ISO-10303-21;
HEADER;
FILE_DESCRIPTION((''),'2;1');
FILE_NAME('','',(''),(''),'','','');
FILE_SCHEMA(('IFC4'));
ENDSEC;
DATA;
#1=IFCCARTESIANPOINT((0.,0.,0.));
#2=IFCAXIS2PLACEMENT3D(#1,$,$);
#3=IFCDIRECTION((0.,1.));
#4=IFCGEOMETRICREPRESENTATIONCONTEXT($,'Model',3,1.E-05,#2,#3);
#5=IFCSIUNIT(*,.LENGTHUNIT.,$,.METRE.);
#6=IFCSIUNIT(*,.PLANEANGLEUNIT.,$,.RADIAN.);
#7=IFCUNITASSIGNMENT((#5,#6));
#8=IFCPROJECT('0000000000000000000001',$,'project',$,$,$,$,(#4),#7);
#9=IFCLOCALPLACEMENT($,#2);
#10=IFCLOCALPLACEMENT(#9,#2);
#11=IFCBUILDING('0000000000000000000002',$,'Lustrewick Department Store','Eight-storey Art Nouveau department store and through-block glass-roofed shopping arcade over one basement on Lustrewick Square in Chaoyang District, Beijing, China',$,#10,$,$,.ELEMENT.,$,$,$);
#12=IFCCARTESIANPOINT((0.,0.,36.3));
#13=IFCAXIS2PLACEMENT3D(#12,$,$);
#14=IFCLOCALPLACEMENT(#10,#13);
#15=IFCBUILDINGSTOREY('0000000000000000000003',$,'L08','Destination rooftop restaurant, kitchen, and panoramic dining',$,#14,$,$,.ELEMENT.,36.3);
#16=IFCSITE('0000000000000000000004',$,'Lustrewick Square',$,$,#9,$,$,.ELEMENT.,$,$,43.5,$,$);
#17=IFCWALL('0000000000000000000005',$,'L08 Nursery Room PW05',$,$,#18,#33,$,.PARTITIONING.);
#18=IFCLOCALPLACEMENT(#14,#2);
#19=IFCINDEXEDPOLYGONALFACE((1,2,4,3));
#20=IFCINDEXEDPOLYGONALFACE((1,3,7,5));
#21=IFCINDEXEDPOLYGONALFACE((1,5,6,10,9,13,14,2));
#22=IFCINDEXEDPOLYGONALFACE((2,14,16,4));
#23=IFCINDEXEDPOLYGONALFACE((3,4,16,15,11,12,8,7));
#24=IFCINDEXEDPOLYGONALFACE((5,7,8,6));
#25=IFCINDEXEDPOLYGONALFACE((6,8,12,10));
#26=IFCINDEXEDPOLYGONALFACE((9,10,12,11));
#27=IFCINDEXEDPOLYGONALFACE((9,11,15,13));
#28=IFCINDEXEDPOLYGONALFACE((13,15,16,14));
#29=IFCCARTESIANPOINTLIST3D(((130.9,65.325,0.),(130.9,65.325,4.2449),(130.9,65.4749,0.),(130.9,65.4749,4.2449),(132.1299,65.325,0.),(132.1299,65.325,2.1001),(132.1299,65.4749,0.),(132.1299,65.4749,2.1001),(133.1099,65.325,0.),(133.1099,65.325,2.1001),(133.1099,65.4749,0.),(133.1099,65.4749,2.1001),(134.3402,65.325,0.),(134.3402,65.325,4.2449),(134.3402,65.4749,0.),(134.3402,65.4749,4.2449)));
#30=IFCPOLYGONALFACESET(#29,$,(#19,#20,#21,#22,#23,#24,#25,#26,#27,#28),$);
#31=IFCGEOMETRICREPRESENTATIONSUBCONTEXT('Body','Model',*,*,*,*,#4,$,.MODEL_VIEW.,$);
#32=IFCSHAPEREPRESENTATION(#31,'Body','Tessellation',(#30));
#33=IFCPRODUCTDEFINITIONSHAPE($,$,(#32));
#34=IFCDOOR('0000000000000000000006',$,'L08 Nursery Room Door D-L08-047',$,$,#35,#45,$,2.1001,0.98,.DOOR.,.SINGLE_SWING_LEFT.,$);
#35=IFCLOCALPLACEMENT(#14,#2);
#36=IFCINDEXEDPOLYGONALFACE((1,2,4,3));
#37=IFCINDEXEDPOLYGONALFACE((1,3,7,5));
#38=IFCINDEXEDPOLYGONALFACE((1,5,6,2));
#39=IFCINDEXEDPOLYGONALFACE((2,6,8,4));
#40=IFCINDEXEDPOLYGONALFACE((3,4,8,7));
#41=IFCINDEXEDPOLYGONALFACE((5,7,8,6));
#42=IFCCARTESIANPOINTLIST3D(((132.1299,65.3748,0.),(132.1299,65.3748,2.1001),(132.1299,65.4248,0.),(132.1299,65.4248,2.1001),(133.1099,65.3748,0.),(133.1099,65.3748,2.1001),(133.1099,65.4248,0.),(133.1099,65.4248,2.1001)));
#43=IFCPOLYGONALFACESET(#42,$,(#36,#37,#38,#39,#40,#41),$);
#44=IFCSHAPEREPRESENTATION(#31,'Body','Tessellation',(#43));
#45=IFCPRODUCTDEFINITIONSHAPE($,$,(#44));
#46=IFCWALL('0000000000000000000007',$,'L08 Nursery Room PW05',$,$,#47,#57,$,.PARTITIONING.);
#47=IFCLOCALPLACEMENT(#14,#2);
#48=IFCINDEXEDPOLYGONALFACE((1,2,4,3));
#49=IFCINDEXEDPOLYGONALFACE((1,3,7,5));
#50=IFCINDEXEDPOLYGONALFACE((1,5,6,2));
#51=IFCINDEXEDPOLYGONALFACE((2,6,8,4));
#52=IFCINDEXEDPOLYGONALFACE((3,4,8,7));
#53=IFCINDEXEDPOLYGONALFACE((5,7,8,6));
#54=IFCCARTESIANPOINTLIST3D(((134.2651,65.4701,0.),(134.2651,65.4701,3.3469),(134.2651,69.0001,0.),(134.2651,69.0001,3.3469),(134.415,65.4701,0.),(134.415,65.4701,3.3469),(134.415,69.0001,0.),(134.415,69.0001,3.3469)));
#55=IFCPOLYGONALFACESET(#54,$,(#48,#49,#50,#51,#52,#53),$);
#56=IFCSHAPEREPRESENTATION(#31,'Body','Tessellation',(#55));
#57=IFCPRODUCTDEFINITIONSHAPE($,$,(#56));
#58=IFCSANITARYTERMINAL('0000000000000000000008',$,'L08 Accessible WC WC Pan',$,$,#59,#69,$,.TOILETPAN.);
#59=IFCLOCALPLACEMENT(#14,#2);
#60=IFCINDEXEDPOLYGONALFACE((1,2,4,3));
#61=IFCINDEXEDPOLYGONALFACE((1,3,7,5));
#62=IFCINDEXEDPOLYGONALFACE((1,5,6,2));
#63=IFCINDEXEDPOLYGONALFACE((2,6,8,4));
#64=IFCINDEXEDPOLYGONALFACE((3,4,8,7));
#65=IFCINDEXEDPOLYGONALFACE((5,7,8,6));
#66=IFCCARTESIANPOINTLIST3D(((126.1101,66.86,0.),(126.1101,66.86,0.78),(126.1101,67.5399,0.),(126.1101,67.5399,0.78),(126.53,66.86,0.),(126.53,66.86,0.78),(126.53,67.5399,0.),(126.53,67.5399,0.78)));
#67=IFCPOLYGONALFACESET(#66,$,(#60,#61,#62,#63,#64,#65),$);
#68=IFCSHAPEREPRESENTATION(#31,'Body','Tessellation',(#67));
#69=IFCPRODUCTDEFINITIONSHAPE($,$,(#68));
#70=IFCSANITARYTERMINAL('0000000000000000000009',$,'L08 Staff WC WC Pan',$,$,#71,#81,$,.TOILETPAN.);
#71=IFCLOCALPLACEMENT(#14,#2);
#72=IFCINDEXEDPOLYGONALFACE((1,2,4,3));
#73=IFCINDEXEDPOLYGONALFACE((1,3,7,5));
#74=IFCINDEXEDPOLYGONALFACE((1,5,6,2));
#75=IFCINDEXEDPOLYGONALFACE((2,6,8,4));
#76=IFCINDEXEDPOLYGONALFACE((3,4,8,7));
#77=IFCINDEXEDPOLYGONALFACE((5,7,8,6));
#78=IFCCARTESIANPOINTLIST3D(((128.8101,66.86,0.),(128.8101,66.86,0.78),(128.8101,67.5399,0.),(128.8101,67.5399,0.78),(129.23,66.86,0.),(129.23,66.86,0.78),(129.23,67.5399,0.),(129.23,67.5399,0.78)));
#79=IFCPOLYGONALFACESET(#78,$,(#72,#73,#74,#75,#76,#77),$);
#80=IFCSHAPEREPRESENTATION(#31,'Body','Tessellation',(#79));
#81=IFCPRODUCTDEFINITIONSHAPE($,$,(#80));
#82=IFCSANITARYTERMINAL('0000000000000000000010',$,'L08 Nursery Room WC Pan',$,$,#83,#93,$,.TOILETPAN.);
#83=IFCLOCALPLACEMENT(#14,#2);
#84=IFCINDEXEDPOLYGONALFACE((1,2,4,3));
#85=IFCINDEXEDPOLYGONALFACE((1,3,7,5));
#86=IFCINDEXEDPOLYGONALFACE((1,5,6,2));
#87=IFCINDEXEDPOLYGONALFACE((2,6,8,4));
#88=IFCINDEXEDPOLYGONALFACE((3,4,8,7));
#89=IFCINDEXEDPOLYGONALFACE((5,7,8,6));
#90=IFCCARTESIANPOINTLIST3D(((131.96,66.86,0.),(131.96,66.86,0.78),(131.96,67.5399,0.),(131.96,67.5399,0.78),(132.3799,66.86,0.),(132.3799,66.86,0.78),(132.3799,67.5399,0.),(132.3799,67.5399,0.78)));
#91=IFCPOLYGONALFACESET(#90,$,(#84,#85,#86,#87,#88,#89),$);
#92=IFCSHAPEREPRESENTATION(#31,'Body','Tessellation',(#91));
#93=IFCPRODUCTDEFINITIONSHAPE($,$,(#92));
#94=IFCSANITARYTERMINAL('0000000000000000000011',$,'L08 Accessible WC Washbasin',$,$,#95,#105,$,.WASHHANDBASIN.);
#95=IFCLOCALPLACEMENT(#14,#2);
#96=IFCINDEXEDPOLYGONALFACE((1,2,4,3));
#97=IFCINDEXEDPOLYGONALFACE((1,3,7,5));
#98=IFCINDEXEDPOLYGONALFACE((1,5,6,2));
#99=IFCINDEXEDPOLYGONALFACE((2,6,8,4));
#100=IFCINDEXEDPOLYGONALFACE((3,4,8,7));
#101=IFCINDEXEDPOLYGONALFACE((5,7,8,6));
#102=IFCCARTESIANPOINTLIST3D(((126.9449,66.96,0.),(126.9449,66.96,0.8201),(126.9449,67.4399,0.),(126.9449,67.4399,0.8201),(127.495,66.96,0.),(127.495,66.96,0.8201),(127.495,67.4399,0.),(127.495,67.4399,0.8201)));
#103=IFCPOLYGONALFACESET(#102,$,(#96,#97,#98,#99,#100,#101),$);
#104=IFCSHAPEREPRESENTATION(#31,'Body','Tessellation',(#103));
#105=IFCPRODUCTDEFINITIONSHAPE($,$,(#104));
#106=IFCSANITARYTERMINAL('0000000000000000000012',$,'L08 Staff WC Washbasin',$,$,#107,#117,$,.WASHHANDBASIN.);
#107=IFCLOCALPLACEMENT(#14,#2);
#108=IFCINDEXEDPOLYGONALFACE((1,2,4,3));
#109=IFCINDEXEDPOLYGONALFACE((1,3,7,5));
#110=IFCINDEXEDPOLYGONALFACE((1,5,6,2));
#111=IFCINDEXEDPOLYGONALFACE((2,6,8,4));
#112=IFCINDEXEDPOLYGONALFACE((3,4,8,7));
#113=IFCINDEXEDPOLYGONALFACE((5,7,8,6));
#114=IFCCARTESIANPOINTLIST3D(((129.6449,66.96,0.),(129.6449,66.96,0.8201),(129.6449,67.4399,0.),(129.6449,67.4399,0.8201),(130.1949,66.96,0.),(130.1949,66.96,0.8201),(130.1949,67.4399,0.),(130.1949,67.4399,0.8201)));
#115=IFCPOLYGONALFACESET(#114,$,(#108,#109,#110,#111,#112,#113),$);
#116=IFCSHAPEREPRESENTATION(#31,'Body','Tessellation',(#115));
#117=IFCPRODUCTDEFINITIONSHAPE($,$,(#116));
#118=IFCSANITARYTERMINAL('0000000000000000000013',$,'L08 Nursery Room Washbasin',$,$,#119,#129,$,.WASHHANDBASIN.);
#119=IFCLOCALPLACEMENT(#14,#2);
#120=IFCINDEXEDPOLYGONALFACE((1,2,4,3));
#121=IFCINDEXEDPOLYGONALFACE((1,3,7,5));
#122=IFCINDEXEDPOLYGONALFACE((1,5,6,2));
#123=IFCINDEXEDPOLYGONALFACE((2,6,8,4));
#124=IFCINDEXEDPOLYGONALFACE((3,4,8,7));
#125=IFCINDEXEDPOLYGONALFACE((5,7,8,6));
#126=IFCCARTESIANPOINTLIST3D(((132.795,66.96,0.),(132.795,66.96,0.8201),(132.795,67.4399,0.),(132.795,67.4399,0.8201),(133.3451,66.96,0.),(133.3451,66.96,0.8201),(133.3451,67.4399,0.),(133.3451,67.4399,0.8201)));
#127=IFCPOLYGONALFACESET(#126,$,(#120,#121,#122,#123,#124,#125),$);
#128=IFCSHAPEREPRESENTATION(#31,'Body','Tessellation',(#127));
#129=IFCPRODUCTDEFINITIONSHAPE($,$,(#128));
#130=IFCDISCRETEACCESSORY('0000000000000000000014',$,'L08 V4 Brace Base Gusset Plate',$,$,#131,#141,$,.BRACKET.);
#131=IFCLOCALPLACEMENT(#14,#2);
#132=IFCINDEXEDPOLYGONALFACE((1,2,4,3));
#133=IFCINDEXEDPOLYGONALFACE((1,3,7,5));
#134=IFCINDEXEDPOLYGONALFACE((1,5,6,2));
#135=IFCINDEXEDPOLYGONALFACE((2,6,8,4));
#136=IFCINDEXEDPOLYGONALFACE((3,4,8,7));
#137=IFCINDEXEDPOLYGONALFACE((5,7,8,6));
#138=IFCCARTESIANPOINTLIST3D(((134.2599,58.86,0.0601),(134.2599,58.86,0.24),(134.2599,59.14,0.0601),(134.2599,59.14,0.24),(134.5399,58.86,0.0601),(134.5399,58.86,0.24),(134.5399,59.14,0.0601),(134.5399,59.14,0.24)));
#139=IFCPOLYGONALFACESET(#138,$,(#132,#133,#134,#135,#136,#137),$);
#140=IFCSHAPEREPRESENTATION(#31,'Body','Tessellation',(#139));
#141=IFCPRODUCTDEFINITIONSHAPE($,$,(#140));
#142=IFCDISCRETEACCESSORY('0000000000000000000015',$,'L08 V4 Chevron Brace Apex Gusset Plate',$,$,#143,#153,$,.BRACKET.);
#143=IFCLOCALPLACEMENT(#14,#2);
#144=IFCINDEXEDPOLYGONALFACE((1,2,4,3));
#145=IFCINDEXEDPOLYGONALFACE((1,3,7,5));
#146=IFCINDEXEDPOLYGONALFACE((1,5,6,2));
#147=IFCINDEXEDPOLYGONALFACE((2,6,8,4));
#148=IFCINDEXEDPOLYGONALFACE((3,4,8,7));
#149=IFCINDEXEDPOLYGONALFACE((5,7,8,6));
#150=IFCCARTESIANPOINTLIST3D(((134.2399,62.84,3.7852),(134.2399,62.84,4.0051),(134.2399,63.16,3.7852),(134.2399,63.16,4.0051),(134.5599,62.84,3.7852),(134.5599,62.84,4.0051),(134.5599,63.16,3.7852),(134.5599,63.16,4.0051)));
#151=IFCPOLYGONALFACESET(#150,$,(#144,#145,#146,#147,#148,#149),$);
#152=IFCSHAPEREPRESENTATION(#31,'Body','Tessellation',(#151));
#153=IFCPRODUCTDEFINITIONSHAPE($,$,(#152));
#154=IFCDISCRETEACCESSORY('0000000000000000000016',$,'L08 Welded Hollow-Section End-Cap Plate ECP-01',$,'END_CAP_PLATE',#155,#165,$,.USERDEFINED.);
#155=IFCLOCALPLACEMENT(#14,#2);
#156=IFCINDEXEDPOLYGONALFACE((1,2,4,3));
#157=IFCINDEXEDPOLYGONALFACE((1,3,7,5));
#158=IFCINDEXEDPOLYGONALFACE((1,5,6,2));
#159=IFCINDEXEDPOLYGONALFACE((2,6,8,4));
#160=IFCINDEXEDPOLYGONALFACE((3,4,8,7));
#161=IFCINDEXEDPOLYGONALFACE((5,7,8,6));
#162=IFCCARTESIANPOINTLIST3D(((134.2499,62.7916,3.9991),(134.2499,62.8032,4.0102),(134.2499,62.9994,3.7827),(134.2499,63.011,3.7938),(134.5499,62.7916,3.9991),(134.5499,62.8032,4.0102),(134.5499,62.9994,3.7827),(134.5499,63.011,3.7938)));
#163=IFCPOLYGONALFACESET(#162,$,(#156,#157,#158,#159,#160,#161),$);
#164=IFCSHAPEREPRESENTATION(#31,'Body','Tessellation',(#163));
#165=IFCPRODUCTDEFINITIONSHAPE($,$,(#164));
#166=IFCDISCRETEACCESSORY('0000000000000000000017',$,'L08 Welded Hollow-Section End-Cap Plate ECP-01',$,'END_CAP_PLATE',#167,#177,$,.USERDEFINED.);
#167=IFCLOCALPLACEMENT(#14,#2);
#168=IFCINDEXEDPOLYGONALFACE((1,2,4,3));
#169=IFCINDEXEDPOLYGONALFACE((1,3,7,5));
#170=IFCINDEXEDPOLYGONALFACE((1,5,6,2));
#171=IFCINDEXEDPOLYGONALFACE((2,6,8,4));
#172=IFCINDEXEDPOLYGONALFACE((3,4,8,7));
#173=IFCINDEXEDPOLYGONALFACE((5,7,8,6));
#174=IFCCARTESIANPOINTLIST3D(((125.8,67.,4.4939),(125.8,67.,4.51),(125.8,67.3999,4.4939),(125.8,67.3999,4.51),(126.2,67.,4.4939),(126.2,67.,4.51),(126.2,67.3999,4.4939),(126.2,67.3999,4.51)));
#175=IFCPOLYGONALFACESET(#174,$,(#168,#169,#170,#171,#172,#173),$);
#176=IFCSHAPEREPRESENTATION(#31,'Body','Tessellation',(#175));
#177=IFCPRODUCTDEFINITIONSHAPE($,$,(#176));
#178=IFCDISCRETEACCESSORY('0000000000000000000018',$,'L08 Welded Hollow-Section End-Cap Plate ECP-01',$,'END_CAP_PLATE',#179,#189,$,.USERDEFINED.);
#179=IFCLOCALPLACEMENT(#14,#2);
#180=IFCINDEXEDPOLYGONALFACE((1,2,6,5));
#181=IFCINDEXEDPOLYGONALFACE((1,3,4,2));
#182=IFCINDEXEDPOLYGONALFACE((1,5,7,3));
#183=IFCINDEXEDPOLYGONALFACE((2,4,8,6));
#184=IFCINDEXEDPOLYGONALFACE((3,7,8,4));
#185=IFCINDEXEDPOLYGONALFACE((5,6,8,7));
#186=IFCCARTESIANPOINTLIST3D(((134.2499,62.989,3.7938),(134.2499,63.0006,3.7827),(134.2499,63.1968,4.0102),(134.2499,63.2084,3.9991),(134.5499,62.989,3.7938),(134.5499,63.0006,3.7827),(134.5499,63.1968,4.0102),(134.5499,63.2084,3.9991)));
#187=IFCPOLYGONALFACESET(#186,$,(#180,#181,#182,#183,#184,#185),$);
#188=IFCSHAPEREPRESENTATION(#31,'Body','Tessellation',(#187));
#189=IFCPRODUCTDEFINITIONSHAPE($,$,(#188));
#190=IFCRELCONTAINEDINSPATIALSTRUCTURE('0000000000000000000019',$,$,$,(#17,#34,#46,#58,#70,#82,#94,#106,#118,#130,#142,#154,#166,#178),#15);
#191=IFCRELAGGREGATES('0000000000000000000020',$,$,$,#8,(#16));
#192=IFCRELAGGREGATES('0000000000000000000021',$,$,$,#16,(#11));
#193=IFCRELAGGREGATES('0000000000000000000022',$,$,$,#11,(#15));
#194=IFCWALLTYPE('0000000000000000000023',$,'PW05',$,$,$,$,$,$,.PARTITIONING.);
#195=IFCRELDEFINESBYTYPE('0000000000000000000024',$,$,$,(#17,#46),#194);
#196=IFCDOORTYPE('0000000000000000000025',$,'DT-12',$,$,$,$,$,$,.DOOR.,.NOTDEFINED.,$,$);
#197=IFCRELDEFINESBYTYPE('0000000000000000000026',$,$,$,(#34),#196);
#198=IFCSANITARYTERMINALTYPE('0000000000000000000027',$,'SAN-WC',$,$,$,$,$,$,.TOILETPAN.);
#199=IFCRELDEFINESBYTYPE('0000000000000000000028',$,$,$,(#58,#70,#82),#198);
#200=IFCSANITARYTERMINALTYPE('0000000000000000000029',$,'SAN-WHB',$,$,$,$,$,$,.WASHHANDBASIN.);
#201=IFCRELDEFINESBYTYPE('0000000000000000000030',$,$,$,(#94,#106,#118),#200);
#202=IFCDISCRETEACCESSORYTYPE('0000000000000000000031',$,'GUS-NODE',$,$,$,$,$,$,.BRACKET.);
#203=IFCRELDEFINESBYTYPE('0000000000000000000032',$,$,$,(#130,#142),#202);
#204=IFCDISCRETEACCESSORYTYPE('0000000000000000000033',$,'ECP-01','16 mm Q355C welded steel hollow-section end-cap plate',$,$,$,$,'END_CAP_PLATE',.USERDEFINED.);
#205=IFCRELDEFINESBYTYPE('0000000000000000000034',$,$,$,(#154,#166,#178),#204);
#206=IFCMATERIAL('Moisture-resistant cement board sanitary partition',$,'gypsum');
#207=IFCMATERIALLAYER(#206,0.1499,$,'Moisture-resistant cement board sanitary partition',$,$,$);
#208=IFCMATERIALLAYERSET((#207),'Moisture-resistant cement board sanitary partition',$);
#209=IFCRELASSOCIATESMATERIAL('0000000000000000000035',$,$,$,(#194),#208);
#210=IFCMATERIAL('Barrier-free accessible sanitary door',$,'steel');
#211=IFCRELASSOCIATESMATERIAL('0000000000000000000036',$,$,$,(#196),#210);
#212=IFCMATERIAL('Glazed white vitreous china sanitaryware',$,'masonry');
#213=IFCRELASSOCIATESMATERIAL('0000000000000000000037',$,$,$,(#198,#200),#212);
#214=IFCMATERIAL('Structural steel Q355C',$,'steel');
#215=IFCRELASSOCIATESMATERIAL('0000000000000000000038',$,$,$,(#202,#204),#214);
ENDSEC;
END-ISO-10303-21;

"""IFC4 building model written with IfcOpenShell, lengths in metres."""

from ifc_helpers import new_model, si_unit, direction, frame, frame_2d, origin, origin_2d, place, context, subcontext, project, spatial, rectangle, extrude, material, layer, layer_set, type_object, element, fill, save


model = new_model("IFC4")

# Units and contexts
model_context = context("Model", 3, precision=1e-05, world=origin(), true_north=direction((0.0, 1.0)))
body_context = subcontext(model_context, "Body", "Model", "MODEL_VIEW")
ifc_project = project(units=[si_unit("LENGTHUNIT", "METRE"), si_unit("PLANEANGLEUNIT", "RADIAN")], contexts=[model_context])

# Site, building, storey
site_placement = place(None, origin())
site = spatial("IfcSite", under=ifc_project, at=site_placement, Name="Lustrewick Square", CompositionType="ELEMENT", RefElevation=43.5)
building_placement = place(site_placement, origin())
building = spatial("IfcBuilding", under=site, at=building_placement, Name="Lustrewick Department Store", Description="Eight-storey Art Nouveau department store and through-block glass-roofed shopping arcade over one basement on Lustrewick Square in Chaoyang District, Beijing, China", CompositionType="ELEMENT")
storey_placement = place(building_placement, frame((0.0, 0.0, 36.3)))
storey = spatial("IfcBuildingStorey", under=building, at=storey_placement, Name="L08", Description="Destination rooftop restaurant, kitchen, and panoramic dining", CompositionType="ELEMENT", Elevation=36.3)

# Shared definitions
ifc_material_1 = material(Name="Structural steel Q355C", Category="steel")

# Shared definitions
ifc_material_2 = material(Name="Moisture-resistant cement board sanitary partition", Category="gypsum")
ifc_layer = layer(ifc_material_2, 0.1499, Name="Moisture-resistant cement board sanitary partition")
ifc_layer_set = layer_set([ifc_layer], Name="Moisture-resistant cement board sanitary partition")
wall_type = type_object("IfcWallType", Name="PW05", PredefinedType="PARTITIONING", material=ifc_layer_set)

# Wall, opening, door
wall_1_placement = place(storey_placement, frame((130.8999, 65.3999, 0.0), z_axis=(0.0, 0.0, 1.0), x_axis=(1.0, 0.0, 0.0)))
wall_1 = element("IfcWall", 1, at=wall_1_placement, inside=storey, type_object=wall_type, Name="L08 Nursery Room PW05", PredefinedType="PARTITIONING", context=body_context, shape_type="SweptSolid", body=[
    extrude(rectangle(XDim=3.4402, YDim=0.1499, at=frame_2d((1.7202, 0.0))), origin(), (0.0, 0.0, 1.0), 4.2449),
])
opening_1_placement = place(wall_1_placement, frame((1.23, 0.0, 0.0)))
opening_1 = element("IfcOpeningElement", 2, at=opening_1_placement, cuts=wall_1, PredefinedType="OPENING", context=body_context, shape_type="SweptSolid", body=[
    extrude(rectangle(XDim=0.98, YDim=2.1001, at=frame_2d((0.49, 1.05))), frame((0.0, 0.085, 0.0), z_axis=(0.0, -1.0, 0.0), x_axis=(1.0, 0.0, 0.0)), (0.0, 0.0, 1.0), 0.1699),
])
ifc_material_3 = material(Name="Barrier-free accessible sanitary door", Category="steel")
door_type_1 = type_object("IfcDoorType", Name="DT-12", OperationType="NOTDEFINED", PredefinedType="DOOR", material=ifc_material_3)
door_1_placement = place(opening_1_placement, origin())
door_1 = element("IfcDoor", 3, at=door_1_placement, inside=storey, type_object=door_type_1, Name="L08 Nursery Room Door D-L08-047", OperationType="SINGLE_SWING_LEFT", OverallHeight=2.1001, OverallWidth=0.98, PredefinedType="DOOR", context=body_context, shape_type="SweptSolid", body=[
    extrude(rectangle(XDim=0.98, YDim=2.1001, at=frame_2d((0.49, 1.05))), frame((0.0, 0.0249, 0.0), z_axis=(0.0, -1.0, 0.0), x_axis=(1.0, 0.0, 0.0)), (0.0, 0.0, 1.0), 0.05),
])
fill(opening_1, door_1)

# Wall
wall_2_placement = place(storey_placement, frame((134.3401, 65.47, 0.0), z_axis=(0.0, 0.0, 1.0), x_axis=(0.0, 1.0, 0.0)))
element("IfcWall", 4, at=wall_2_placement, inside=storey, type_object=wall_type, Name="L08 Nursery Room PW05", PredefinedType="PARTITIONING", context=body_context, shape_type="SweptSolid", body=[
    extrude(rectangle(XDim=3.53, YDim=0.1499, at=frame_2d((1.7651, 0.0))), origin(), (0.0, 0.0, 1.0), 3.3469),
])

# Sanitary terminals
ifc_material_4 = material(Name="Glazed white vitreous china sanitaryware", Category="masonry")
sanitary_terminal_type_1 = type_object("IfcSanitaryTerminalType", Name="SAN-WC", PredefinedType="TOILETPAN", material=ifc_material_4)
for number, where, z_axis, x_axis, name in (
    (5, (126.3201, 67.2, 0.0), (0.0, 0.0, 1.0), (1.0, 0.0, 0.0), "L08 Accessible WC WC Pan"),
    (6, (129.02, 67.2, 0.0), (0.0, 0.0, 1.0), (1.0, 0.0, 0.0), "L08 Staff WC WC Pan"),
    (7, (132.1699, 67.2, 0.0), (0.0, 0.0, 1.0), (1.0, 0.0, 0.0), "L08 Nursery Room WC Pan"),
):
    element("IfcSanitaryTerminal", number, at=place(storey_placement, frame(where, z_axis=z_axis, x_axis=x_axis)), inside=storey, type_object=sanitary_terminal_type_1, Name=name, PredefinedType="TOILETPAN", context=body_context, shape_type="SweptSolid", body=[
        extrude(rectangle(XDim=0.4199, YDim=0.6799, at=origin_2d()), origin(), (0.0, 0.0, 1.0), 0.78),
    ])
sanitary_terminal_type_2 = type_object("IfcSanitaryTerminalType", Name="SAN-WHB", PredefinedType="WASHHANDBASIN", material=ifc_material_4)
for number, where, z_axis, x_axis, name in (
    (8, (127.22, 67.2, 0.0), (0.0, 0.0, 1.0), (1.0, 0.0, 0.0), "L08 Accessible WC Washbasin"),
    (9, (129.9199, 67.2, 0.0), (0.0, 0.0, 1.0), (1.0, 0.0, 0.0), "L08 Staff WC Washbasin"),
    (10, (133.0701, 67.2, 0.0), (0.0, 0.0, 1.0), (1.0, 0.0, 0.0), "L08 Nursery Room Washbasin"),
):
    element("IfcSanitaryTerminal", number, at=place(storey_placement, frame(where, z_axis=z_axis, x_axis=x_axis)), inside=storey, type_object=sanitary_terminal_type_2, Name=name, PredefinedType="WASHHANDBASIN", context=body_context, shape_type="SweptSolid", body=[
        extrude(rectangle(XDim=0.55, YDim=0.48, at=origin_2d()), origin(), (0.0, 0.0, 1.0), 0.8201),
    ])

# Discrete accessories
discrete_accessory_type_1 = type_object("IfcDiscreteAccessoryType", Name="GUS-NODE", PredefinedType="BRACKET", material=ifc_material_1)
discrete_accessory_1_placement = place(storey_placement, frame((134.3999, 59.0, 0.0601), z_axis=(0.0, 0.0, 1.0), x_axis=(1.0, 0.0, 0.0)))
element("IfcDiscreteAccessory", 11, at=discrete_accessory_1_placement, inside=storey, type_object=discrete_accessory_type_1, Name="L08 V4 Brace Base Gusset Plate", PredefinedType="BRACKET", context=body_context, shape_type="SweptSolid", body=[
    extrude(rectangle(XDim=0.28, YDim=0.28, at=origin_2d()), origin(), (0.0, 0.0, 1.0), 0.1799),
])
discrete_accessory_2_placement = place(storey_placement, frame((134.3999, 63.0, 3.7852), z_axis=(0.0, 0.0, 1.0), x_axis=(1.0, 0.0, 0.0)))
element("IfcDiscreteAccessory", 12, at=discrete_accessory_2_placement, inside=storey, type_object=discrete_accessory_type_1, Name="L08 V4 Chevron Brace Apex Gusset Plate", PredefinedType="BRACKET", context=body_context, shape_type="SweptSolid", body=[
    extrude(rectangle(XDim=0.3201, YDim=0.3201, at=origin_2d()), origin(), (0.0, 0.0, 1.0), 0.22),
])
discrete_accessory_type_2 = type_object("IfcDiscreteAccessoryType", Name="ECP-01", Description="16 mm Q355C welded steel hollow-section end-cap plate", ElementType="END_CAP_PLATE", PredefinedType="USERDEFINED", material=ifc_material_1)
discrete_accessory_3_placement = place(storey_placement, frame((134.3999, 62.8955, 3.8909), z_axis=(0.0, 0.721275, 0.692648), x_axis=(-1.0, 0.0, 0.0)))
element("IfcDiscreteAccessory", 13, at=discrete_accessory_3_placement, inside=storey, type_object=discrete_accessory_type_2, Name="L08 Welded Hollow-Section End-Cap Plate ECP-01", ObjectType="END_CAP_PLATE", PredefinedType="USERDEFINED", context=body_context, shape_type="SweptSolid", body=[
    extrude(rectangle(XDim=0.3, YDim=0.3, at=origin_2d()), origin(), (0.0, 0.0, 1.0), 0.0161),
])
discrete_accessory_4_placement = place(storey_placement, frame((126.0, 67.2, 4.4939), z_axis=(0.0, 0.0, 1.0), x_axis=(1.0, 0.0, 0.0)))
element("IfcDiscreteAccessory", 14, at=discrete_accessory_4_placement, inside=storey, type_object=discrete_accessory_type_2, Name="L08 Welded Hollow-Section End-Cap Plate ECP-01", ObjectType="END_CAP_PLATE", PredefinedType="USERDEFINED", context=body_context, shape_type="SweptSolid", body=[
    extrude(rectangle(XDim=0.3999, YDim=0.3999, at=origin_2d()), origin(), (0.0, 0.0, 1.0), 0.0161),
])
discrete_accessory_5_placement = place(storey_placement, frame((134.3999, 63.1045, 3.8909), z_axis=(0.0, -0.721275, 0.692648), x_axis=(1.0, 0.0, 0.0)))
element("IfcDiscreteAccessory", 15, at=discrete_accessory_5_placement, inside=storey, type_object=discrete_accessory_type_2, Name="L08 Welded Hollow-Section End-Cap Plate ECP-01", ObjectType="END_CAP_PLATE", PredefinedType="USERDEFINED", context=body_context, shape_type="SweptSolid", body=[
    extrude(rectangle(XDim=0.3, YDim=0.3, at=origin_2d()), origin(), (0.0, 0.0, 1.0), 0.0161),
])

save(model, "model.ifc")
